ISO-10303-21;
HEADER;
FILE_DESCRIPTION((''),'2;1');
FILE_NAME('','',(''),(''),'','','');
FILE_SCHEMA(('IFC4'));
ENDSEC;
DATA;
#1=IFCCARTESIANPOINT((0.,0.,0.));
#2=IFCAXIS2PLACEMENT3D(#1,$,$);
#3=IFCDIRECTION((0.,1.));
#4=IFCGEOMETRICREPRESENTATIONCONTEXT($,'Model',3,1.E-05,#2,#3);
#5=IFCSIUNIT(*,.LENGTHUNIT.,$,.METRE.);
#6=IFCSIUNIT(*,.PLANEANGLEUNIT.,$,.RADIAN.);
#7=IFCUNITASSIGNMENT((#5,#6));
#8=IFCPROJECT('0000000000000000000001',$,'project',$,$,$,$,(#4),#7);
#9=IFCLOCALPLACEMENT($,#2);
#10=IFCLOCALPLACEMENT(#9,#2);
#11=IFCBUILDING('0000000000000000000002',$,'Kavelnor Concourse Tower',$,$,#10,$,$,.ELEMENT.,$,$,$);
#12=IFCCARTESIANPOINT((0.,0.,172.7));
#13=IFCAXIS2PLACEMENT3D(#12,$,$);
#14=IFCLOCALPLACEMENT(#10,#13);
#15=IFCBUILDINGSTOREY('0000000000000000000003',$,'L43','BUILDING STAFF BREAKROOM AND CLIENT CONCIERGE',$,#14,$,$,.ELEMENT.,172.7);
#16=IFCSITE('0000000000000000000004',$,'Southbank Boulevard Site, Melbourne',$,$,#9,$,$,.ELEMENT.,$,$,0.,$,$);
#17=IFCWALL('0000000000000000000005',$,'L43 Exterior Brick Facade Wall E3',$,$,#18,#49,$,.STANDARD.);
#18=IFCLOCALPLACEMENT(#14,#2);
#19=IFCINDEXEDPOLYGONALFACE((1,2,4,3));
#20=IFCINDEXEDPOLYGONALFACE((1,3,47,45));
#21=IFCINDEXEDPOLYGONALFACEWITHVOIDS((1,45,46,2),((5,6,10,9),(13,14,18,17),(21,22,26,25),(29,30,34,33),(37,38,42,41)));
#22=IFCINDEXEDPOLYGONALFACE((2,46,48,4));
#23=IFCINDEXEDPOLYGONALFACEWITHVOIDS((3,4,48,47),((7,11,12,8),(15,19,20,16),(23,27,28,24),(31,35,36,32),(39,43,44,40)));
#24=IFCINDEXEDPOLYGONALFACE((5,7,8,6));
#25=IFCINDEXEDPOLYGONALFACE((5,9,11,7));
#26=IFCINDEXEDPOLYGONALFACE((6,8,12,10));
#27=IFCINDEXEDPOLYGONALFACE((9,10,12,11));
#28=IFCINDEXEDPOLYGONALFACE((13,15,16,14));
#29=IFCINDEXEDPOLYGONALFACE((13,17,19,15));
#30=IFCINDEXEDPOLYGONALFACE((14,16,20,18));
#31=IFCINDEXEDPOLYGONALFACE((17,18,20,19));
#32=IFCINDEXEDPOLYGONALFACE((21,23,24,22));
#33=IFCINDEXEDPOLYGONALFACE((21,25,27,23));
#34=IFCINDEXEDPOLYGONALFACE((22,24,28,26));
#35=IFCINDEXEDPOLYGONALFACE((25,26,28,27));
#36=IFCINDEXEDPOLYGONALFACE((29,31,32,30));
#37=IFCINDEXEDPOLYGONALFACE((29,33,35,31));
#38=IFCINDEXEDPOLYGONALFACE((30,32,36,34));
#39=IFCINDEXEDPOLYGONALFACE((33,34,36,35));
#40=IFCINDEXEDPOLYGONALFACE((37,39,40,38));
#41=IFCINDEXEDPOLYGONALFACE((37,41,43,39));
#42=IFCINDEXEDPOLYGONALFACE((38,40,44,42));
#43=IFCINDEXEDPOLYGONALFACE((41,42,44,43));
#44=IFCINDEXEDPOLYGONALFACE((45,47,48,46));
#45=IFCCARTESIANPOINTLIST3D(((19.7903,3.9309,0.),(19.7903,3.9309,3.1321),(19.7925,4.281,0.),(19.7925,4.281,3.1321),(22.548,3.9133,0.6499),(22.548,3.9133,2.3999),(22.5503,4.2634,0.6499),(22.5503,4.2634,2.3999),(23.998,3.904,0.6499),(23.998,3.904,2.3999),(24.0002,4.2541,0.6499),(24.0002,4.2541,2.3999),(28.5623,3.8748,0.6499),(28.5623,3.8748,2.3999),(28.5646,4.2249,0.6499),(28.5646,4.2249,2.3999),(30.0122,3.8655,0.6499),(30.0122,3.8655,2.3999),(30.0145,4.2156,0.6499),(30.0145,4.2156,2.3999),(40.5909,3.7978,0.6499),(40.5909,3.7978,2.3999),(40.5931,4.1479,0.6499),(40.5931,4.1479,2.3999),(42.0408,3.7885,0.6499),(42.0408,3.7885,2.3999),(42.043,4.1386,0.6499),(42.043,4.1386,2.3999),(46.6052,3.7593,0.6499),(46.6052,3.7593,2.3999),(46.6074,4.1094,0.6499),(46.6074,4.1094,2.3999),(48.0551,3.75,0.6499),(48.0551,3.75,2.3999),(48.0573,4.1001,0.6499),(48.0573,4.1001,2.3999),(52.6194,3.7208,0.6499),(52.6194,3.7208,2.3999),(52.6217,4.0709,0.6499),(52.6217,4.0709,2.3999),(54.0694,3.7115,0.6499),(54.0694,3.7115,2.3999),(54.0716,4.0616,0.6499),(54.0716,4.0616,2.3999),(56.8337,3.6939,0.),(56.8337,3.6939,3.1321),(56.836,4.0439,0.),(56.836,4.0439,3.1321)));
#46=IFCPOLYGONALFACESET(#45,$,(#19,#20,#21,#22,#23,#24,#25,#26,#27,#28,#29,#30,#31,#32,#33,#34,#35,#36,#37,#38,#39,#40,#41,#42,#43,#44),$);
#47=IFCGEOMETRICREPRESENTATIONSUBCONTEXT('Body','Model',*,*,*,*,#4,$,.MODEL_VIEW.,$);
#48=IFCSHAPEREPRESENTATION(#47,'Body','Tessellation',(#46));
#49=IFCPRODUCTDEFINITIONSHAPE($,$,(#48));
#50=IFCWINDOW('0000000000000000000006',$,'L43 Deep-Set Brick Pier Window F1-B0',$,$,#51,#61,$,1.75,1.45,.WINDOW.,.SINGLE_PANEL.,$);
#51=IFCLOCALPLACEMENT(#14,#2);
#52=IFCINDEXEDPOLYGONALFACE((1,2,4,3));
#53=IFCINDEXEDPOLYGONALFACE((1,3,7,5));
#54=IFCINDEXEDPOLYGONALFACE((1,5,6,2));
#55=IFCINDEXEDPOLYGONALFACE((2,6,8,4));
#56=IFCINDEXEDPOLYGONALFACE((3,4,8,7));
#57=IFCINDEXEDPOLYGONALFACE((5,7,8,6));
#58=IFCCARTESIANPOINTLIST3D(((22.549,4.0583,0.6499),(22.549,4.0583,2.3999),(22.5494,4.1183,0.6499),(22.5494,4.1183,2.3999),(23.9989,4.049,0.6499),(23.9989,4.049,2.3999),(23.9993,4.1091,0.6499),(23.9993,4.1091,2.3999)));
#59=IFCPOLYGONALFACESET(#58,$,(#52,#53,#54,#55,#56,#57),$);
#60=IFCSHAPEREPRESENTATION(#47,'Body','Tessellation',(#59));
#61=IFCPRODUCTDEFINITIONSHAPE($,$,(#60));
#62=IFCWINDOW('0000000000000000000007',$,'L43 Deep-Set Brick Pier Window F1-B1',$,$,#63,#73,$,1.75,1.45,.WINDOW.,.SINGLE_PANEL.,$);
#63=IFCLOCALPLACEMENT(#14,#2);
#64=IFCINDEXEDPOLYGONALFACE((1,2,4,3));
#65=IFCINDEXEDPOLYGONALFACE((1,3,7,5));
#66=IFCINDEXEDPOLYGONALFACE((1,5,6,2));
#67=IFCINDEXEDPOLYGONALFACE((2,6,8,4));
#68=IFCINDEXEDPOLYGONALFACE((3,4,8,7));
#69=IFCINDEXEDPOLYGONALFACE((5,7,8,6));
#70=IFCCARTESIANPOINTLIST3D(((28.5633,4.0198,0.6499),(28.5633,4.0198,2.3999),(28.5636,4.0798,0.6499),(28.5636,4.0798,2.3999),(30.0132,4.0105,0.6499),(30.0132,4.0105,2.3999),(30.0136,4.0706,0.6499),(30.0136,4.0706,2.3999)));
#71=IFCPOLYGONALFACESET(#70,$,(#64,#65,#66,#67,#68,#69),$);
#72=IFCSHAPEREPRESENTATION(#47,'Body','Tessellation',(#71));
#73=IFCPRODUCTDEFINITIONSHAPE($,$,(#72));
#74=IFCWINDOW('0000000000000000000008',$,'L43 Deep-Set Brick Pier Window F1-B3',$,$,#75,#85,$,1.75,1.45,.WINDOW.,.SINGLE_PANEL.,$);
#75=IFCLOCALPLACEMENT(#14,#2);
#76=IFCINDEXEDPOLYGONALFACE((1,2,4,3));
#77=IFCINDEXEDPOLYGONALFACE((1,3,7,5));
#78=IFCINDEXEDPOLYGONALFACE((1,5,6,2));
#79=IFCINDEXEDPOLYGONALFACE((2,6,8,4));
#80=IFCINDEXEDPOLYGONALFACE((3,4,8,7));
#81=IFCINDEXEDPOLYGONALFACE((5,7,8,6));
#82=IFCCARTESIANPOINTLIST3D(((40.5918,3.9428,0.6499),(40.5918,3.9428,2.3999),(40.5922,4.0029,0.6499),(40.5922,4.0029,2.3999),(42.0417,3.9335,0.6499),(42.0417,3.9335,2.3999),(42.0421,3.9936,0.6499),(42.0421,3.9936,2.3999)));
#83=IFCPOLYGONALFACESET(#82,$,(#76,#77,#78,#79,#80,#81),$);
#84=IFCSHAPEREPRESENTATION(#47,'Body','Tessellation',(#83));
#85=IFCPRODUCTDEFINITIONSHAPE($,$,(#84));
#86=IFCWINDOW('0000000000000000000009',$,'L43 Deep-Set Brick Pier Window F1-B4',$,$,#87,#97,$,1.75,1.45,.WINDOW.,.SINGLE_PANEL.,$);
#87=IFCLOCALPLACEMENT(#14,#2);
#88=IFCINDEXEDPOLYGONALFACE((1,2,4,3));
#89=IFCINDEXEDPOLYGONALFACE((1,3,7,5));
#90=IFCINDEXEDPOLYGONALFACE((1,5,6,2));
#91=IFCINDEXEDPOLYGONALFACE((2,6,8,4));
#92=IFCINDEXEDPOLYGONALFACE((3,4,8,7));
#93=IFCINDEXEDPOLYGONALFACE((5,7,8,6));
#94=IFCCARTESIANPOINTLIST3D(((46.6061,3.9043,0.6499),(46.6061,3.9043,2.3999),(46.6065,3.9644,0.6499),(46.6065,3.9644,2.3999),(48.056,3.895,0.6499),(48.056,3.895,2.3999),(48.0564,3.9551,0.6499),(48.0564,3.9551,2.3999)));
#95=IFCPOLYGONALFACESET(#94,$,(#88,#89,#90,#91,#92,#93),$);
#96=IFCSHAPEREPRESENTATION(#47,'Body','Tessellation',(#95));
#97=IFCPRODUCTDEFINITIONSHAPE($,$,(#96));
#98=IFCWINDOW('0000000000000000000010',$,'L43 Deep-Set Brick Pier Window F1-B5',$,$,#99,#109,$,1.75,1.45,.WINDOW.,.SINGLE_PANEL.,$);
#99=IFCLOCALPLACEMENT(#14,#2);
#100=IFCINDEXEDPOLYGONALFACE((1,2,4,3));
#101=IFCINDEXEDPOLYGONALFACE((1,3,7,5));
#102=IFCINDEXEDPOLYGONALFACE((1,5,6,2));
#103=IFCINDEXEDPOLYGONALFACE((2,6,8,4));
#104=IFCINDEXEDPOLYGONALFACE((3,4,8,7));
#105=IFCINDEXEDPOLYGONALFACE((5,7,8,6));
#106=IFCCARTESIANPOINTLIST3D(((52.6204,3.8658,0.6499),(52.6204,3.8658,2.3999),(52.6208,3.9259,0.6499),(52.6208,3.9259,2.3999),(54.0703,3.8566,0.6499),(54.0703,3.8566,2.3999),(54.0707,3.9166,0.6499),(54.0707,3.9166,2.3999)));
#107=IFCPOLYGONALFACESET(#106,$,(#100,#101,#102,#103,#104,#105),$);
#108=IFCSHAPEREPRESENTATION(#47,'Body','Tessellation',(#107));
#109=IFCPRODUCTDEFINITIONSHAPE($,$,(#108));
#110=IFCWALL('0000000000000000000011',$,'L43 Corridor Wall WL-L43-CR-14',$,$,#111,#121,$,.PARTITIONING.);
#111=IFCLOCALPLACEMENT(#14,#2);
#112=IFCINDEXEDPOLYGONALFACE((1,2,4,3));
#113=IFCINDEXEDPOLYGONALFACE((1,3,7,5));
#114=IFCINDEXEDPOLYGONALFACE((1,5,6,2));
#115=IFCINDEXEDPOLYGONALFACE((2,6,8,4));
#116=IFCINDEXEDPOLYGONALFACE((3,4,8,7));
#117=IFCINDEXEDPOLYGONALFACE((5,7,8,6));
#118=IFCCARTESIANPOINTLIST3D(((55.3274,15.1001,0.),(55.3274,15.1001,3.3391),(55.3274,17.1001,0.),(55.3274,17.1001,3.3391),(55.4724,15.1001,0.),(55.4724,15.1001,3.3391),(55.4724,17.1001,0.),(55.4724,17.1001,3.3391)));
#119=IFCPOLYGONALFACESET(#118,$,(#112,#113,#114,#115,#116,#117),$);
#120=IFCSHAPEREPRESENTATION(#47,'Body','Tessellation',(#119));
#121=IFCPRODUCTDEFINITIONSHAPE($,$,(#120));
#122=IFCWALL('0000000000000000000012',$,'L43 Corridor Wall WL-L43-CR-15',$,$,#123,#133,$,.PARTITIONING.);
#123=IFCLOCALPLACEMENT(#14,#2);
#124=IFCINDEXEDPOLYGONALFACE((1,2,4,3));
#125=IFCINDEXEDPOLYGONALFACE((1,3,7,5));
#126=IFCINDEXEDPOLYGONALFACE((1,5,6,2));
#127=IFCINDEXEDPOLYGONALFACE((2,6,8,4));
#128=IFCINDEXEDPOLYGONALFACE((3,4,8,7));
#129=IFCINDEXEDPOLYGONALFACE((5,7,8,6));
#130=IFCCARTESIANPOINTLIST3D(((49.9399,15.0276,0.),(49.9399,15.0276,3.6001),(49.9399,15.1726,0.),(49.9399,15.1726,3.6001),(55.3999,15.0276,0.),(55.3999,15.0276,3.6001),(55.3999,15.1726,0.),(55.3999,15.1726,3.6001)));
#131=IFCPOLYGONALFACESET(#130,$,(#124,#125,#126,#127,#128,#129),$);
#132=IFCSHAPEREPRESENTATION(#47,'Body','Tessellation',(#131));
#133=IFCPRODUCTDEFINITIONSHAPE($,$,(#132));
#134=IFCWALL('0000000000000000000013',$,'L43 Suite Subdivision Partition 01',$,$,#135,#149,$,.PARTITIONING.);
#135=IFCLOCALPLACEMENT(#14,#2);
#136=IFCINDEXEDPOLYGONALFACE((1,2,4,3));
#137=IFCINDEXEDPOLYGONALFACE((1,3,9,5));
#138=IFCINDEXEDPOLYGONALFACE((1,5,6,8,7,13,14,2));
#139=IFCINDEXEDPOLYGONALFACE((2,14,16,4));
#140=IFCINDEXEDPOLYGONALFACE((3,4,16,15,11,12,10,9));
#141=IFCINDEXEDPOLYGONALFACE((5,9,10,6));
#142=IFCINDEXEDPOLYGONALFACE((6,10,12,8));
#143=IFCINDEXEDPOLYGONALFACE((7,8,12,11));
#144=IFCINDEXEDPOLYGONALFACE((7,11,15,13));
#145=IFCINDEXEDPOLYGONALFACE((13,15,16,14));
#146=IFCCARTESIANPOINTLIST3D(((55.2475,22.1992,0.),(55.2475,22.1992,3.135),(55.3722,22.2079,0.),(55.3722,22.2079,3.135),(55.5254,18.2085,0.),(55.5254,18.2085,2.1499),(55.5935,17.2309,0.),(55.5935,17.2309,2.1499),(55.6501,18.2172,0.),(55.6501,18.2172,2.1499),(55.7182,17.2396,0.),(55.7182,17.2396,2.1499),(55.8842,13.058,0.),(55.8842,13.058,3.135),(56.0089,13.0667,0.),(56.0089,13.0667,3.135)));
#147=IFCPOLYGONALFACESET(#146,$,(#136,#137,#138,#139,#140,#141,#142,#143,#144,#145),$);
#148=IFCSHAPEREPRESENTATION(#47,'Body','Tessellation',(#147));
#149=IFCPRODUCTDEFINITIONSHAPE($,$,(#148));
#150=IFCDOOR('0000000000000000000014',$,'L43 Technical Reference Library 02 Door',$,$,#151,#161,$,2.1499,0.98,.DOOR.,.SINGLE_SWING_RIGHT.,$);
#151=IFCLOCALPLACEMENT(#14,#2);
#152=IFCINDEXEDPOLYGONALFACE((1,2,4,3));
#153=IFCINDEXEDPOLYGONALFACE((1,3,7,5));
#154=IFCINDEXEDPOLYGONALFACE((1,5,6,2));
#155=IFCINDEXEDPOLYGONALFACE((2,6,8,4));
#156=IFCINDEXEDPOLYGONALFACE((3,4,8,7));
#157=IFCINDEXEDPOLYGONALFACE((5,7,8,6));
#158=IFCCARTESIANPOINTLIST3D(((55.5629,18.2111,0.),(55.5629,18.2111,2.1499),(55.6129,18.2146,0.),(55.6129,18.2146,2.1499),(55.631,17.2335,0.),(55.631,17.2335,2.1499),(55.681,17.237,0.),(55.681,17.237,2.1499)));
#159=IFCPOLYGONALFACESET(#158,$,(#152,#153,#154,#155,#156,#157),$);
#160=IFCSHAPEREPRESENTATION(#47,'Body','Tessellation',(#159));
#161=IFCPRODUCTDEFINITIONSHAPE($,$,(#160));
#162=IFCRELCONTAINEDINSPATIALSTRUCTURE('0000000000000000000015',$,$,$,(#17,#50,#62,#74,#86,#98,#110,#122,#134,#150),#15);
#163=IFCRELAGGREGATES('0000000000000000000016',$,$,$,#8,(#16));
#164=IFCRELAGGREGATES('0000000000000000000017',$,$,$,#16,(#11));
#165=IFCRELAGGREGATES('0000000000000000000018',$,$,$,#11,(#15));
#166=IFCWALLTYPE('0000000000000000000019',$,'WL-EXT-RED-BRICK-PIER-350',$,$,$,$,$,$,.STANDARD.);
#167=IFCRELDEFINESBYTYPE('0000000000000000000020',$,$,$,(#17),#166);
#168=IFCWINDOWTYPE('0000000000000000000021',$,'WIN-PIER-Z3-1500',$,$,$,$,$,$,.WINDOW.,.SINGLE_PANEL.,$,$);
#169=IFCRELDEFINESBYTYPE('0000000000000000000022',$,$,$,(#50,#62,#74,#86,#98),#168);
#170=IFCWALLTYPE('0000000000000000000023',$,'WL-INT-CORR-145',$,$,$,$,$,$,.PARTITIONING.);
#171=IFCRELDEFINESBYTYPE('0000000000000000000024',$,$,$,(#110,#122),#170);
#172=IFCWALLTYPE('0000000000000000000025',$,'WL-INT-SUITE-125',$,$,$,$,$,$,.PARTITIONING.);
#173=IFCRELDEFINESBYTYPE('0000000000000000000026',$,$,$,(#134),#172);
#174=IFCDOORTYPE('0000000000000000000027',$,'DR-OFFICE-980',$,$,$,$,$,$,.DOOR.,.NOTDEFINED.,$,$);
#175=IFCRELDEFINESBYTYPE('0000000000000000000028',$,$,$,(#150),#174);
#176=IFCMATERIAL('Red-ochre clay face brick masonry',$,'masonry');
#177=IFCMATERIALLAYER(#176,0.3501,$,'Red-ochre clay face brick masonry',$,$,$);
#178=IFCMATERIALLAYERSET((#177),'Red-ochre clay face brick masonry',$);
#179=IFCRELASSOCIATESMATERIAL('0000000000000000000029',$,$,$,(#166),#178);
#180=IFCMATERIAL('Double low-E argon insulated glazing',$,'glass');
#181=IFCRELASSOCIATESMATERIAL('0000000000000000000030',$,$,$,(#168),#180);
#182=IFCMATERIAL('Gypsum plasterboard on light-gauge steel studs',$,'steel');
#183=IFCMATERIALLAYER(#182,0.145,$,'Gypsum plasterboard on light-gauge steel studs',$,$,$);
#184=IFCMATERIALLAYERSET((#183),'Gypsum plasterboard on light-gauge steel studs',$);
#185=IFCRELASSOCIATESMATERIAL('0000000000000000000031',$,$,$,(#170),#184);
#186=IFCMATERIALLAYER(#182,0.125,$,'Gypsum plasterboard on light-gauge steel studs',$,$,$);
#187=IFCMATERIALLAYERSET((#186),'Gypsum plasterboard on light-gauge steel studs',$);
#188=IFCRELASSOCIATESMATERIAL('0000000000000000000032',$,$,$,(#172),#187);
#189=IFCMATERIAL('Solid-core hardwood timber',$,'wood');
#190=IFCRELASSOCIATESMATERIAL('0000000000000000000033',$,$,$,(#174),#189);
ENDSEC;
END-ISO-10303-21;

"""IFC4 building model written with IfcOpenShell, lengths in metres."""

from ifc_helpers import new_model, si_unit, direction, frame, frame_2d, origin, place, context, subcontext, project, spatial, rectangle, extrude, material, layer, layer_set, type_object, element, fill, save


model = new_model("IFC4")

# Units and contexts
model_context = context("Model", 3, precision=1e-05, world=origin(), true_north=direction((0.0, 1.0)))
body_context = subcontext(model_context, "Body", "Model", "MODEL_VIEW")
ifc_project = project(units=[si_unit("LENGTHUNIT", "METRE"), si_unit("PLANEANGLEUNIT", "RADIAN")], contexts=[model_context])

# Site, building, storey
site_placement = place(None, origin())
site = spatial("IfcSite", under=ifc_project, at=site_placement, Name="Southbank Boulevard Site, Melbourne", CompositionType="ELEMENT", RefElevation=0.0)
building_placement = place(site_placement, origin())
building = spatial("IfcBuilding", under=site, at=building_placement, Name="Kavelnor Concourse Tower", CompositionType="ELEMENT")
storey_placement = place(building_placement, frame((0.0, 0.0, 172.7)))
storey = spatial("IfcBuildingStorey", under=building, at=storey_placement, Name="L43", Description="BUILDING STAFF BREAKROOM AND CLIENT CONCIERGE", CompositionType="ELEMENT", Elevation=172.7)

# Shared definitions
ifc_material_1 = material(Name="Double low-E argon insulated glazing", Category="glass")

# Wall, openings, windows
ifc_material_2 = material(Name="Red-ochre clay face brick masonry", Category="masonry")
ifc_layer_1 = layer(ifc_material_2, 0.3501, Name="Red-ochre clay face brick masonry")
ifc_layer_set_1 = layer_set([ifc_layer_1], Name="Red-ochre clay face brick masonry")
wall_type_1 = type_object("IfcWallType", Name="WL-EXT-RED-BRICK-PIER-350", PredefinedType="STANDARD", material=ifc_layer_set_1)
wall_1_placement = place(storey_placement, frame((56.8347, 3.8689, 0.0), z_axis=(0.0, 0.0, 1.0), x_axis=(-0.99998, 0.006399, 0.0)))
wall_1 = element("IfcWall", 1, at=wall_1_placement, inside=storey, type_object=wall_type_1, Name="L43 Exterior Brick Facade Wall E3", PredefinedType="STANDARD", context=body_context, shape_type="SweptSolid", body=[
    extrude(rectangle(XDim=37.0442, YDim=0.3501, at=frame_2d((18.522, 0.0))), origin(), (0.0, 0.0, 1.0), 3.1321),
])
opening_1_placement = place(wall_1_placement, frame((32.8362, 0.0, 0.6499)))
opening_1 = element("IfcOpeningElement", 2, at=opening_1_placement, cuts=wall_1, PredefinedType="OPENING", context=body_context, shape_type="SweptSolid", body=[
    extrude(rectangle(XDim=1.45, YDim=1.75, at=frame_2d((0.7251, 0.875))), frame((0.0, 0.1851, 0.0), z_axis=(0.0, -1.0, 0.0), x_axis=(1.0, 0.0, 0.0)), (0.0, 0.0, 1.0), 0.3701),
])
opening_2_placement = place(wall_1_placement, frame((26.8218, 0.0, 0.6499)))
opening_2 = element("IfcOpeningElement", 3, at=opening_2_placement, cuts=wall_1, PredefinedType="OPENING", context=body_context, shape_type="SweptSolid", body=[
    extrude(rectangle(XDim=1.45, YDim=1.75, at=frame_2d((0.7251, 0.875))), frame((0.0, 0.1851, 0.0), z_axis=(0.0, -1.0, 0.0), x_axis=(1.0, 0.0, 0.0)), (0.0, 0.0, 1.0), 0.3701),
])
opening_3_placement = place(wall_1_placement, frame((14.793, 0.0, 0.6499)))
opening_3 = element("IfcOpeningElement", 4, at=opening_3_placement, cuts=wall_1, PredefinedType="OPENING", context=body_context, shape_type="SweptSolid", body=[
    extrude(rectangle(XDim=1.45, YDim=1.75, at=frame_2d((0.7251, 0.875))), frame((0.0, 0.1851, 0.0), z_axis=(0.0, -1.0, 0.0), x_axis=(1.0, 0.0, 0.0)), (0.0, 0.0, 1.0), 0.3701),
])
opening_4_placement = place(wall_1_placement, frame((8.7786, 0.0, 0.6499)))
opening_4 = element("IfcOpeningElement", 5, at=opening_4_placement, cuts=wall_1, PredefinedType="OPENING", context=body_context, shape_type="SweptSolid", body=[
    extrude(rectangle(XDim=1.45, YDim=1.75, at=frame_2d((0.7251, 0.875))), frame((0.0, 0.1851, 0.0), z_axis=(0.0, -1.0, 0.0), x_axis=(1.0, 0.0, 0.0)), (0.0, 0.0, 1.0), 0.3701),
])
opening_5_placement = place(wall_1_placement, frame((2.7642, 0.0, 0.6499)))
opening_5 = element("IfcOpeningElement", 6, at=opening_5_placement, cuts=wall_1, PredefinedType="OPENING", context=body_context, shape_type="SweptSolid", body=[
    extrude(rectangle(XDim=1.45, YDim=1.75, at=frame_2d((0.7251, 0.875))), frame((0.0, 0.1851, 0.0), z_axis=(0.0, -1.0, 0.0), x_axis=(1.0, 0.0, 0.0)), (0.0, 0.0, 1.0), 0.3701),
])
window_type_1 = type_object("IfcWindowType", Name="WIN-PIER-Z3-1500", PartitioningType="SINGLE_PANEL", PredefinedType="WINDOW", material=ifc_material_1)
window_1_placement = place(opening_1_placement, origin())
window_1 = element("IfcWindow", 7, at=window_1_placement, inside=storey, type_object=window_type_1, Name="L43 Deep-Set Brick Pier Window F1-B0", OverallHeight=1.75, OverallWidth=1.45, PartitioningType="SINGLE_PANEL", PredefinedType="WINDOW", context=body_context, shape_type="SweptSolid", body=[
    extrude(rectangle(XDim=1.45, YDim=1.75, at=frame_2d((0.7251, 0.875))), frame((0.0, 0.03, 0.0), z_axis=(0.0, -1.0, 0.0), x_axis=(1.0, 0.0, 0.0)), (0.0, 0.0, 1.0), 0.0601),
])
fill(opening_1, window_1)
window_2_placement = place(opening_2_placement, origin())
window_2 = element("IfcWindow", 8, at=window_2_placement, inside=storey, type_object=window_type_1, Name="L43 Deep-Set Brick Pier Window F1-B1", OverallHeight=1.75, OverallWidth=1.45, PartitioningType="SINGLE_PANEL", PredefinedType="WINDOW", context=body_context, shape_type="SweptSolid", body=[
    extrude(rectangle(XDim=1.45, YDim=1.75, at=frame_2d((0.7251, 0.875))), frame((0.0, 0.03, 0.0), z_axis=(0.0, -1.0, 0.0), x_axis=(1.0, 0.0, 0.0)), (0.0, 0.0, 1.0), 0.0601),
])
fill(opening_2, window_2)
window_3_placement = place(opening_3_placement, origin())
window_3 = element("IfcWindow", 9, at=window_3_placement, inside=storey, type_object=window_type_1, Name="L43 Deep-Set Brick Pier Window F1-B3", OverallHeight=1.75, OverallWidth=1.45, PartitioningType="SINGLE_PANEL", PredefinedType="WINDOW", context=body_context, shape_type="SweptSolid", body=[
    extrude(rectangle(XDim=1.45, YDim=1.75, at=frame_2d((0.7251, 0.875))), frame((0.0, 0.03, 0.0), z_axis=(0.0, -1.0, 0.0), x_axis=(1.0, 0.0, 0.0)), (0.0, 0.0, 1.0), 0.0601),
])
fill(opening_3, window_3)
window_4_placement = place(opening_4_placement, origin())
window_4 = element("IfcWindow", 10, at=window_4_placement, inside=storey, type_object=window_type_1, Name="L43 Deep-Set Brick Pier Window F1-B4", OverallHeight=1.75, OverallWidth=1.45, PartitioningType="SINGLE_PANEL", PredefinedType="WINDOW", context=body_context, shape_type="SweptSolid", body=[
    extrude(rectangle(XDim=1.45, YDim=1.75, at=frame_2d((0.7251, 0.875))), frame((0.0, 0.03, 0.0), z_axis=(0.0, -1.0, 0.0), x_axis=(1.0, 0.0, 0.0)), (0.0, 0.0, 1.0), 0.0601),
])
fill(opening_4, window_4)
window_5_placement = place(opening_5_placement, origin())
window_5 = element("IfcWindow", 11, at=window_5_placement, inside=storey, type_object=window_type_1, Name="L43 Deep-Set Brick Pier Window F1-B5", OverallHeight=1.75, OverallWidth=1.45, PartitioningType="SINGLE_PANEL", PredefinedType="WINDOW", context=body_context, shape_type="SweptSolid", body=[
    extrude(rectangle(XDim=1.45, YDim=1.75, at=frame_2d((0.7251, 0.875))), frame((0.0, 0.03, 0.0), z_axis=(0.0, -1.0, 0.0), x_axis=(1.0, 0.0, 0.0)), (0.0, 0.0, 1.0), 0.0601),
])
fill(opening_5, window_5)

# Walls
ifc_material_3 = material(Name="Gypsum plasterboard on light-gauge steel studs", Category="steel")
ifc_layer_2 = layer(ifc_material_3, 0.145, Name="Gypsum plasterboard on light-gauge steel studs")
ifc_layer_set_2 = layer_set([ifc_layer_2], Name="Gypsum plasterboard on light-gauge steel studs")
wall_type_2 = type_object("IfcWallType", Name="WL-INT-CORR-145", PredefinedType="PARTITIONING", material=ifc_layer_set_2)
wall_2_placement = place(storey_placement, frame((55.3999, 17.1001, 0.0), z_axis=(0.0, 0.0, 1.0), x_axis=(0.0, -1.0, 0.0)))
element("IfcWall", 12, at=wall_2_placement, inside=storey, type_object=wall_type_2, Name="L43 Corridor Wall WL-L43-CR-14", PredefinedType="PARTITIONING", context=body_context, shape_type="SweptSolid", body=[
    extrude(rectangle(XDim=2.0, YDim=0.145, at=frame_2d((1.0, 0.0))), origin(), (0.0, 0.0, 1.0), 3.3391),
])
wall_3_placement = place(storey_placement, frame((55.3999, 15.1001, 0.0), z_axis=(0.0, 0.0, 1.0), x_axis=(-1.0, 0.0, 0.0)))
element("IfcWall", 13, at=wall_3_placement, inside=storey, type_object=wall_type_2, Name="L43 Corridor Wall WL-L43-CR-15", PredefinedType="PARTITIONING", context=body_context, shape_type="SweptSolid", body=[
    extrude(rectangle(XDim=5.46, YDim=0.145, at=frame_2d((2.73, 0.0))), origin(), (0.0, 0.0, 1.0), 3.6001),
])

# Wall, opening, door
ifc_layer_3 = layer(ifc_material_3, 0.125, Name="Gypsum plasterboard on light-gauge steel studs")
ifc_layer_set_3 = layer_set([ifc_layer_3], Name="Gypsum plasterboard on light-gauge steel studs")
wall_type_3 = type_object("IfcWallType", Name="WL-INT-SUITE-125", PredefinedType="PARTITIONING", material=ifc_layer_set_3)
wall_4_placement = place(storey_placement, frame((55.9465, 13.0625, 0.0), z_axis=(0.0, 0.0, 1.0), x_axis=(-0.069486, 0.997583, 0.0)))
wall_4 = element("IfcWall", 14, at=wall_4_placement, inside=storey, type_object=wall_type_3, Name="L43 Suite Subdivision Partition 01", PredefinedType="PARTITIONING", context=body_context, shape_type="SweptSolid", body=[
    extrude(rectangle(XDim=9.1633, YDim=0.125, at=frame_2d((4.5815, 0.0))), origin(), (0.0, 0.0, 1.0), 3.135),
])
opening_6_placement = place(wall_4_placement, frame((4.1829, 0.0, 0.0)))
opening_6 = element("IfcOpeningElement", 15, at=opening_6_placement, cuts=wall_4, PredefinedType="OPENING", context=body_context, shape_type="SweptSolid", body=[
    extrude(rectangle(XDim=0.98, YDim=2.1499, at=frame_2d((0.49, 1.075))), frame((0.0, 0.0725, 0.0), z_axis=(0.0, -1.0, 0.0), x_axis=(1.0, 0.0, 0.0)), (0.0, 0.0, 1.0), 0.145),
])
ifc_material_4 = material(Name="Solid-core hardwood timber", Category="wood")
door_type = type_object("IfcDoorType", Name="DR-OFFICE-980", OperationType="NOTDEFINED", PredefinedType="DOOR", material=ifc_material_4)
door_placement = place(opening_6_placement, origin())
door = element("IfcDoor", 16, at=door_placement, inside=storey, type_object=door_type, Name="L43 Technical Reference Library 02 Door", OperationType="SINGLE_SWING_RIGHT", OverallHeight=2.1499, OverallWidth=0.98, PredefinedType="DOOR", context=body_context, shape_type="SweptSolid", body=[
    extrude(rectangle(XDim=0.98, YDim=2.1499, at=frame_2d((0.49, 1.075))), frame((0.0, 0.0249, 0.0), z_axis=(0.0, -1.0, 0.0), x_axis=(1.0, 0.0, 0.0)), (0.0, 0.0, 1.0), 0.05),
])
fill(opening_6, door)

save(model, "model.ifc")
